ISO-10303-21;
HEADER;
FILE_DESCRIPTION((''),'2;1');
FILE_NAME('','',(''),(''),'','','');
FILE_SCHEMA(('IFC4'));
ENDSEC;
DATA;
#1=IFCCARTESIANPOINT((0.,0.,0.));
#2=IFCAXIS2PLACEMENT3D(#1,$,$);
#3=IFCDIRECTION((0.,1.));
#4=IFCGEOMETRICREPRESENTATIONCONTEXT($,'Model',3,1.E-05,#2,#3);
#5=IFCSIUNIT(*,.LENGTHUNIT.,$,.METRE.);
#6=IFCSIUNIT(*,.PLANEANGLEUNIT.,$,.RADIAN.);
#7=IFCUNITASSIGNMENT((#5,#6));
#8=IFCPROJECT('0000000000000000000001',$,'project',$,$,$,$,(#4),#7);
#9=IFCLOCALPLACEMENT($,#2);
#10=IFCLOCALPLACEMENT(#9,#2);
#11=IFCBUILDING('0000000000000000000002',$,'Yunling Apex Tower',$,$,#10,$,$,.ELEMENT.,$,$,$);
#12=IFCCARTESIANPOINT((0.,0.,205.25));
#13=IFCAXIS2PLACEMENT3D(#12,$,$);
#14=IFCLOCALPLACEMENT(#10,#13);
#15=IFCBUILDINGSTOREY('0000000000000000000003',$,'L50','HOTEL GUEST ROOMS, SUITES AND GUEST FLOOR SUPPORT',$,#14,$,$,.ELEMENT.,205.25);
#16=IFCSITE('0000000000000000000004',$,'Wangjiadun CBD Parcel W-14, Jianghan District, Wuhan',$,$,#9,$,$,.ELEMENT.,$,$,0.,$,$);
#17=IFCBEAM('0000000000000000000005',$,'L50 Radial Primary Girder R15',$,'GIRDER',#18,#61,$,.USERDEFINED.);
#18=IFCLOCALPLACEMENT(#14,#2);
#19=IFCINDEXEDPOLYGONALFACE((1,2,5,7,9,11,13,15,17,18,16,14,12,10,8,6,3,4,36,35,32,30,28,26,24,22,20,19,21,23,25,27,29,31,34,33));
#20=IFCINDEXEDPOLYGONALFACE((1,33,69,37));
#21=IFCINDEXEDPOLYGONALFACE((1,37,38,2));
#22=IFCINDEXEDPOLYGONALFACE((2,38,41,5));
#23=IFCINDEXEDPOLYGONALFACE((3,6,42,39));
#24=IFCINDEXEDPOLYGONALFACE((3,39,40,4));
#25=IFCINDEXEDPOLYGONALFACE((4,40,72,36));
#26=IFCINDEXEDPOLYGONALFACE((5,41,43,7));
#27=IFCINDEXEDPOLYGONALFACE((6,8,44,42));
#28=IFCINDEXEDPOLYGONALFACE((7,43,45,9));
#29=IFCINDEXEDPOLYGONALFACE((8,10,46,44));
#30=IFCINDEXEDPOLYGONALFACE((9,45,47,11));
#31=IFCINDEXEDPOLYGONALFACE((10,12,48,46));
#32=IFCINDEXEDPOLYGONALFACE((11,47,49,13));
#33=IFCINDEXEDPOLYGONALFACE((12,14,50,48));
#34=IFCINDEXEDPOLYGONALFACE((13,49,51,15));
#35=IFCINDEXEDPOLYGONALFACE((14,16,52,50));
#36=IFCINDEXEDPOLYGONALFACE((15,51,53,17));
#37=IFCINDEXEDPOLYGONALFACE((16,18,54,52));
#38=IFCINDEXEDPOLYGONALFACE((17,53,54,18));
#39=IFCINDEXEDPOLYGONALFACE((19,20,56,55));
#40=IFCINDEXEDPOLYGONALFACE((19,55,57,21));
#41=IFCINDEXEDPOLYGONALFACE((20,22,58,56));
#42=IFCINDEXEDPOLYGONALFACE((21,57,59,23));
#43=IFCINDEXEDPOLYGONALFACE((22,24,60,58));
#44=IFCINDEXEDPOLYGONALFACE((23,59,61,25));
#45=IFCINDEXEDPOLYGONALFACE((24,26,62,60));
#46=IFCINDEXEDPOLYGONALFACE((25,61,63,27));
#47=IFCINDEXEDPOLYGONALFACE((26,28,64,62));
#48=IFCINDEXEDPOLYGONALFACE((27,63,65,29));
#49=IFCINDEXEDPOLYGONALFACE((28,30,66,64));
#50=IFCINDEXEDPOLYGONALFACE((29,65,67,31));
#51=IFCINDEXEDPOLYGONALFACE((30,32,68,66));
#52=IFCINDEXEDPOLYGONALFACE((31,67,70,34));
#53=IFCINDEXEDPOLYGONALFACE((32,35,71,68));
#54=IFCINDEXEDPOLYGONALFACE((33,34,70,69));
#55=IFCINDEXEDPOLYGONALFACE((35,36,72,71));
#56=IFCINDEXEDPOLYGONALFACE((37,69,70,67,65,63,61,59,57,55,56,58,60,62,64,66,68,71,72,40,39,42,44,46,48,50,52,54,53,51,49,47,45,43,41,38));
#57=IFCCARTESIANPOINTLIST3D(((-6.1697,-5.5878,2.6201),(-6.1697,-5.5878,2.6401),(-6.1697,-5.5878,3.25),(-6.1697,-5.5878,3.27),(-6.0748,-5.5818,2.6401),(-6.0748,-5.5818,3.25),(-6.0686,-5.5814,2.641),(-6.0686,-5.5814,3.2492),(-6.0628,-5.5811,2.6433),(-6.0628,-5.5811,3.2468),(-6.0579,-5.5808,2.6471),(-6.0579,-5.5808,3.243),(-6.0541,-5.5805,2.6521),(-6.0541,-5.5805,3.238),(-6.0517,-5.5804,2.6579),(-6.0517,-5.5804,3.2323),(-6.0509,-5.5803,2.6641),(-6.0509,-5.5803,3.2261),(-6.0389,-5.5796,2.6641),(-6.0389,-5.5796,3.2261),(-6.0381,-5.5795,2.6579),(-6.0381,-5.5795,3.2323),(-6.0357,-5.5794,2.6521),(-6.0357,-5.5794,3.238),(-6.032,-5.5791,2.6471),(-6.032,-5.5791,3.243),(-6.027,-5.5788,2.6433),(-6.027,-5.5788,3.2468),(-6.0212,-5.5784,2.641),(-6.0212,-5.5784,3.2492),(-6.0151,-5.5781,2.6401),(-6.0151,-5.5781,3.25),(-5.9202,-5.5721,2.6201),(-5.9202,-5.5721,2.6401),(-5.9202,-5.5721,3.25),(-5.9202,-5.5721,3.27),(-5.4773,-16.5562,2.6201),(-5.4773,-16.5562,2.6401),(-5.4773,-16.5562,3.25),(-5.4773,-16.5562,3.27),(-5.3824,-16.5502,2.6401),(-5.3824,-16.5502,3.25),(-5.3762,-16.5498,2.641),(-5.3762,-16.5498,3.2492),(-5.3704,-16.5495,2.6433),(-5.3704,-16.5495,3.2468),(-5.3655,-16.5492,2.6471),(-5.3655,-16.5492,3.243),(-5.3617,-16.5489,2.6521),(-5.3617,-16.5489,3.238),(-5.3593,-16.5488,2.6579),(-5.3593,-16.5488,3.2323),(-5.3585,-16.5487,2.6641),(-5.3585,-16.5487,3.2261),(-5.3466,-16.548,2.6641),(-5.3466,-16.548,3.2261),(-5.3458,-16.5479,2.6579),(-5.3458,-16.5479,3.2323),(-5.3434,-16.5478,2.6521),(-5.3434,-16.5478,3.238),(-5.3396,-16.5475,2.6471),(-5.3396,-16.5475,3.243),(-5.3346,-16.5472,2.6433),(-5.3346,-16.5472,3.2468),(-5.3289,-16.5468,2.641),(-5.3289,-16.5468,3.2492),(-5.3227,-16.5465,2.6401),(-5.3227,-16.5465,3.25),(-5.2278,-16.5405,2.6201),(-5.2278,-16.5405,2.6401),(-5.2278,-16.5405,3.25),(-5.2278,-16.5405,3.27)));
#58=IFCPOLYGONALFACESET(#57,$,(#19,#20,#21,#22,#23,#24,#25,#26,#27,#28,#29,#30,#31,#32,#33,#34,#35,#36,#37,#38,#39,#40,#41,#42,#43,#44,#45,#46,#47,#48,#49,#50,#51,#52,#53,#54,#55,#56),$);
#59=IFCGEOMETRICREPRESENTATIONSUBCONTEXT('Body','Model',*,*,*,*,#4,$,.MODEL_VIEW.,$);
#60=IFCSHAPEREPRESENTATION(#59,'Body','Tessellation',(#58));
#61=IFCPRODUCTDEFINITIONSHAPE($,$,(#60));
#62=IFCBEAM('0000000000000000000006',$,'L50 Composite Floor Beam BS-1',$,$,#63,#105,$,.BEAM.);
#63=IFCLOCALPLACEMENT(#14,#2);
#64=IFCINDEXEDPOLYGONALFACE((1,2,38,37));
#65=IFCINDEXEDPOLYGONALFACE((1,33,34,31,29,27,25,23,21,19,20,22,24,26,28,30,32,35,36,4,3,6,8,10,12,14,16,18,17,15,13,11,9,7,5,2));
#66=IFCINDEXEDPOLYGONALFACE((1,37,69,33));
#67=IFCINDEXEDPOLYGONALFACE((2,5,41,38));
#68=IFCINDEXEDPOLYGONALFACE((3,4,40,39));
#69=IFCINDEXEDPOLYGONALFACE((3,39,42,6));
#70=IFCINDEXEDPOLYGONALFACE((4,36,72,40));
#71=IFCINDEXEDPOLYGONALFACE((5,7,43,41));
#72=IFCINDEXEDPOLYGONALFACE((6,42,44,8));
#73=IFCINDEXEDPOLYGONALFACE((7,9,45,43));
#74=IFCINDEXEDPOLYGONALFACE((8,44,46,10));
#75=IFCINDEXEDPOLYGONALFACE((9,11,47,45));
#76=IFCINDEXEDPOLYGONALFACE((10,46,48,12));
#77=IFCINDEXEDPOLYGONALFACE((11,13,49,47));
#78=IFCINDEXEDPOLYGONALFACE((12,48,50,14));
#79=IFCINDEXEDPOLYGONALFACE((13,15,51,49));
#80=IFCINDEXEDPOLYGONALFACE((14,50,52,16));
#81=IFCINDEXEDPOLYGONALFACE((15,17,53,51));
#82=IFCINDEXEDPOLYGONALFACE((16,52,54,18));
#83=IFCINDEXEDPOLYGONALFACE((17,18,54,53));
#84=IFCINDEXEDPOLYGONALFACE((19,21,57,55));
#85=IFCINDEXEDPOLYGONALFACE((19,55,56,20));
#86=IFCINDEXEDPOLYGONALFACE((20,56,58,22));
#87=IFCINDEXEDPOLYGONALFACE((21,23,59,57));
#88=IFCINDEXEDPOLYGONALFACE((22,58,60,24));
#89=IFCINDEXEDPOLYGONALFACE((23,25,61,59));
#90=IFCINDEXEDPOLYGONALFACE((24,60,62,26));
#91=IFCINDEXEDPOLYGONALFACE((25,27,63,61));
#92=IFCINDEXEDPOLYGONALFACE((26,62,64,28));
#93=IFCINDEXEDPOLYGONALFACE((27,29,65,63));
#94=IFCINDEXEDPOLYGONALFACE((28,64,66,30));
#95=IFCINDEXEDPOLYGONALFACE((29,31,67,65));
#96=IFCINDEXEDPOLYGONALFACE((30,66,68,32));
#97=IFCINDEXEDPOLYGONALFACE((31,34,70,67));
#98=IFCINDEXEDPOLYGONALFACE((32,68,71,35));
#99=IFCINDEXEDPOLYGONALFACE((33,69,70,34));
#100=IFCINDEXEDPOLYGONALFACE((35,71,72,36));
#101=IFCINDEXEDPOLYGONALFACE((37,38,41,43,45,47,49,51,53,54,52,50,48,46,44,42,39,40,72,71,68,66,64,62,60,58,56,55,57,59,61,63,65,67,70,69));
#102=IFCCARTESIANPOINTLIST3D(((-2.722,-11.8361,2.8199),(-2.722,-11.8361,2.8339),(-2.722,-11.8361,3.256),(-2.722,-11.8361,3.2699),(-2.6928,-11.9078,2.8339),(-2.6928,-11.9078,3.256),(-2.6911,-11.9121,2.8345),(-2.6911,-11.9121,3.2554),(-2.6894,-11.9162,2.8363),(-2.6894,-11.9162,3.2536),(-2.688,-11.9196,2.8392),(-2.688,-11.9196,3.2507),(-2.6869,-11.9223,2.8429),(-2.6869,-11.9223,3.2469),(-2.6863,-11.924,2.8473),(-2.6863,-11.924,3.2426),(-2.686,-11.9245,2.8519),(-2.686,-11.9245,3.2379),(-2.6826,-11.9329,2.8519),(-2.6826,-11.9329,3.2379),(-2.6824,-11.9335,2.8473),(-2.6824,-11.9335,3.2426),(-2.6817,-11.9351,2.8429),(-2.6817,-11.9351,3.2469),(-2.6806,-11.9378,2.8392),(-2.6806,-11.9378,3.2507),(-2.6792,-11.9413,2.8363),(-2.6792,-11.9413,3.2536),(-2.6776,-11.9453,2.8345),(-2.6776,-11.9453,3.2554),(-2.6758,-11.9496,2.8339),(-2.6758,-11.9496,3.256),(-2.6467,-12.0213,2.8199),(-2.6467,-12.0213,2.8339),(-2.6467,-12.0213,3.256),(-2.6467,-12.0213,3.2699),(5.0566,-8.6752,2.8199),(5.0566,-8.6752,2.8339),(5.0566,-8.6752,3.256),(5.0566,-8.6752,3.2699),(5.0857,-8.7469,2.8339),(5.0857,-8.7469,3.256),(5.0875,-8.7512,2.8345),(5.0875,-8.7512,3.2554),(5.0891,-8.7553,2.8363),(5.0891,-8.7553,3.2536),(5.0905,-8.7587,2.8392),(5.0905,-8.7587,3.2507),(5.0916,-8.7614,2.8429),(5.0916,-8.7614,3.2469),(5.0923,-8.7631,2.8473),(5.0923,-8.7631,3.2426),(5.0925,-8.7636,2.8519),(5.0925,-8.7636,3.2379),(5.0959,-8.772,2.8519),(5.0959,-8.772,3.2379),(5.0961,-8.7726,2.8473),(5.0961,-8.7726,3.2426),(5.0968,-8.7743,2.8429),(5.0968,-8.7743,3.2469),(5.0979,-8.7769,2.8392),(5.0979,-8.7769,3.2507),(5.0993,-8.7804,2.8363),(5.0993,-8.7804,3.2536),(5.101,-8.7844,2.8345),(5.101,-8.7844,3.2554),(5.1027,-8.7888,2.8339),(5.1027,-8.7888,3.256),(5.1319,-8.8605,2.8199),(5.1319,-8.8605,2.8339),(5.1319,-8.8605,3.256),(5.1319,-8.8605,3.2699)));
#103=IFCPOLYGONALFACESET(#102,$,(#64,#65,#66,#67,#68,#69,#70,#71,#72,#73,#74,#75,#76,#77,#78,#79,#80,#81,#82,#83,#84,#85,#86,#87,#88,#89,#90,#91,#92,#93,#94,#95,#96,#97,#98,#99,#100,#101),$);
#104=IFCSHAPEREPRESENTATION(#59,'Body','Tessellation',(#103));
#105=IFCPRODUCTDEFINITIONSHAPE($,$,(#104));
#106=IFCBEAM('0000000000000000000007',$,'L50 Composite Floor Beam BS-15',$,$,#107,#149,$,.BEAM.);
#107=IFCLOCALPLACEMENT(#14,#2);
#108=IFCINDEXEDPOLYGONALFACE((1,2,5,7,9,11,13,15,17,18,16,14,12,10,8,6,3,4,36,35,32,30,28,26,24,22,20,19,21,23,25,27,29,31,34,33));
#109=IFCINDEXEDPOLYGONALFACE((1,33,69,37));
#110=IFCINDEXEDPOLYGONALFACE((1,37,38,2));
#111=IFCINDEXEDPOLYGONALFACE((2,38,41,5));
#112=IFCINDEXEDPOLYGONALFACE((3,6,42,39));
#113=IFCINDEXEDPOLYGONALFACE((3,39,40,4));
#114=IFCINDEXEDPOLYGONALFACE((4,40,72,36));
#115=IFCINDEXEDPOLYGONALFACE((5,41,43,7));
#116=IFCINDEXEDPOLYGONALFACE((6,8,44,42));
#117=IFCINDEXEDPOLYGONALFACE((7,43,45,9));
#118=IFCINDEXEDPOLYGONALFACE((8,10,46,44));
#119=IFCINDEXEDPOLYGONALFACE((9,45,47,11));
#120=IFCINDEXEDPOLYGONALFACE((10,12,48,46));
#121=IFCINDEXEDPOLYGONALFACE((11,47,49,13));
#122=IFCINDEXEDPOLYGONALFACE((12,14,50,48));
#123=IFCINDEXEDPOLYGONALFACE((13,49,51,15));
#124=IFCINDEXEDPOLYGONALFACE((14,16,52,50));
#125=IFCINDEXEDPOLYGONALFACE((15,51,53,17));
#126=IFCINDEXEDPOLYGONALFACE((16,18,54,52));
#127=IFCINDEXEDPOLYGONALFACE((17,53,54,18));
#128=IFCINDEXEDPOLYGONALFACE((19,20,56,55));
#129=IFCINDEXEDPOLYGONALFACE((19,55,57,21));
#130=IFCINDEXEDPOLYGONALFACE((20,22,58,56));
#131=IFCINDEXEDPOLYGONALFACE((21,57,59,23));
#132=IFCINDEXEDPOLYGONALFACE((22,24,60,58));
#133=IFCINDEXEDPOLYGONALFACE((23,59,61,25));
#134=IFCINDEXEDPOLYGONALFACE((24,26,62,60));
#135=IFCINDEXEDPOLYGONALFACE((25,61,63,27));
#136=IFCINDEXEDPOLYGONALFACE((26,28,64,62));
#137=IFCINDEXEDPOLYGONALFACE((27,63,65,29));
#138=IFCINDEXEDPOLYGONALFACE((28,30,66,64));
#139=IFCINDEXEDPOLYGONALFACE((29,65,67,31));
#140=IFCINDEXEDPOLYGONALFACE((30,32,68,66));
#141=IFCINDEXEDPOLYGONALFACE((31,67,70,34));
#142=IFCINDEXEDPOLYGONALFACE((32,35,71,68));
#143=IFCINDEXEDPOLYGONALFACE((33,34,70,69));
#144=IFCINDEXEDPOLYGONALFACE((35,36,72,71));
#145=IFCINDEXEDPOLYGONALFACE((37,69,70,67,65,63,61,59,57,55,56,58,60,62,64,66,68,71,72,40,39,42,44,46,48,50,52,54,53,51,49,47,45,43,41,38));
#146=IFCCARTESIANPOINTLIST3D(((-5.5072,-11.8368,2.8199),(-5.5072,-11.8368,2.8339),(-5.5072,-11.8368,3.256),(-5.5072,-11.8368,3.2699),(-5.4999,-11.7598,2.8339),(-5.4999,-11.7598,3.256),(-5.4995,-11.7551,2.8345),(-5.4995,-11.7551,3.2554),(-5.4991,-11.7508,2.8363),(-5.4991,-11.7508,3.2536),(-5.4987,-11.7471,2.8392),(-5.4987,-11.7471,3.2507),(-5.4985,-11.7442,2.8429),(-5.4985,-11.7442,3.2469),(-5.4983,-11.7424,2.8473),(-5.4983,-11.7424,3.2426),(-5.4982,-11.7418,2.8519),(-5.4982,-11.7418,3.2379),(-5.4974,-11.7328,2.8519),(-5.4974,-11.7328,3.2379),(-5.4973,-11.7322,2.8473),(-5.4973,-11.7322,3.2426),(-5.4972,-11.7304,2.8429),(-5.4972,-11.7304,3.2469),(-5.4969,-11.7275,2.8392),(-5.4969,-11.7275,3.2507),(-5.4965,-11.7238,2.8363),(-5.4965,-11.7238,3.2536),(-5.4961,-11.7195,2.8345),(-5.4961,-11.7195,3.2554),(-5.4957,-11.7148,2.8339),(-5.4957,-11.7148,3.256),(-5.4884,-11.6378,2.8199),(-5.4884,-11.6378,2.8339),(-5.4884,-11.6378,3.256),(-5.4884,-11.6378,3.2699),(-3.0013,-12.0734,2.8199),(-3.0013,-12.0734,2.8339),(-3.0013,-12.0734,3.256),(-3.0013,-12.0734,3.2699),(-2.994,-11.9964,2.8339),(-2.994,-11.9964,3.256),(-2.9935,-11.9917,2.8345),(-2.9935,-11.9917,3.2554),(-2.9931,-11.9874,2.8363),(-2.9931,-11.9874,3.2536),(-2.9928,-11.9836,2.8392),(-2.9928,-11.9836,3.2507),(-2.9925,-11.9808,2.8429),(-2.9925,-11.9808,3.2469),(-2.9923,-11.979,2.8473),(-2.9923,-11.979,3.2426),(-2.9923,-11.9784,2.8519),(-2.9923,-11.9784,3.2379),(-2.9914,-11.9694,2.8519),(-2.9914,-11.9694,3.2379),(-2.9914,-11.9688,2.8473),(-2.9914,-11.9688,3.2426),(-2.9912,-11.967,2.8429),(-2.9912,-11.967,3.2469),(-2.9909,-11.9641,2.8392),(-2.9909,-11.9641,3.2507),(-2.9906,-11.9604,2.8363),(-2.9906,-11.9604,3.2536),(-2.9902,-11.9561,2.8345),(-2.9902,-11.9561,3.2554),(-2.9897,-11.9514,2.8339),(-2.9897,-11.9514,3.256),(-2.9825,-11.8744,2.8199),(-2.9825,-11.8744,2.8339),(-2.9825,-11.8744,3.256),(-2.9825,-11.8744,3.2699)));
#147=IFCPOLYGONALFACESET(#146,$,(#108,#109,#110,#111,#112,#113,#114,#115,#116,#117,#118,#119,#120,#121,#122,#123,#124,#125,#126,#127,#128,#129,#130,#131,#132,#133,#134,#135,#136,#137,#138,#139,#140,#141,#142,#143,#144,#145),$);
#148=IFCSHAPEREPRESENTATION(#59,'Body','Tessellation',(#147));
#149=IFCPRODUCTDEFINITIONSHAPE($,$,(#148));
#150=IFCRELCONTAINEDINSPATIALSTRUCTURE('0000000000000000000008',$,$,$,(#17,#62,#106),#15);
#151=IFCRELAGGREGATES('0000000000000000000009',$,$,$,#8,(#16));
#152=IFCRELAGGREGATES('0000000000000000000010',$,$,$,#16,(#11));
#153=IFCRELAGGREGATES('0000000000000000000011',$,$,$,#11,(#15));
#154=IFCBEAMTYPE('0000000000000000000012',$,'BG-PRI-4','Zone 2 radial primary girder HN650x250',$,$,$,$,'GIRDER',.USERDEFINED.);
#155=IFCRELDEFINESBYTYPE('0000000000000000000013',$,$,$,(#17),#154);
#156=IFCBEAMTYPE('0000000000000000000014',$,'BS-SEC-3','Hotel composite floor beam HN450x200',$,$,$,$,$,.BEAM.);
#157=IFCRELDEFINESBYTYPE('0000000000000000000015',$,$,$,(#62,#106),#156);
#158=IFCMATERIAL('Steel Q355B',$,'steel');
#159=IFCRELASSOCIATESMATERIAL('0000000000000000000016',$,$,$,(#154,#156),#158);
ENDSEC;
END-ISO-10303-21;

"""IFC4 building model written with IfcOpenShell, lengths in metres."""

from ifc_helpers import new_model, si_unit, direction, frame, origin, origin_2d, place, context, subcontext, project, spatial, i_section, extrude, source, transform, mapped, material, material_profile, profile_set, type_object, element, save


model = new_model("IFC4")

# Units and contexts
model_context = context("Model", 3, precision=1e-05, world=origin(), true_north=direction((0.0, 1.0)))
body_context = subcontext(model_context, "Body", "Model", "MODEL_VIEW")
ifc_project = project(units=[si_unit("LENGTHUNIT", "METRE"), si_unit("PLANEANGLEUNIT", "RADIAN")], contexts=[model_context])

# Site, building, storey
site_placement = place(None, origin())
site = spatial("IfcSite", under=ifc_project, at=site_placement, Name="Wangjiadun CBD Parcel W-14, Jianghan District, Wuhan", CompositionType="ELEMENT", RefElevation=0.0)
building_placement = place(site_placement, origin())
building = spatial("IfcBuilding", under=site, at=building_placement, Name="Yunling Apex Tower", CompositionType="ELEMENT")
storey_placement = place(building_placement, frame((0.0, 0.0, 205.25)))
storey = spatial("IfcBuildingStorey", under=building, at=storey_placement, Name="L50", Description="HOTEL GUEST ROOMS, SUITES AND GUEST FLOOR SUPPORT", CompositionType="ELEMENT", Elevation=205.25)

# Beams
ifc_material_1 = material(Name="Steel Q355B", Category="steel")
ifc_material_profile_1 = material_profile(ifc_material_1, i_section(OverallWidth=0.25, OverallDepth=0.6499, WebThickness=0.012, FlangeThickness=0.02, FilletRadius=0.0239, at=origin_2d()))
ifc_profile_set_1 = profile_set([ifc_material_profile_1], Name="Steel Q355B")
beam_type_1 = type_object("IfcBeamType", Name="BG-PRI-4", Description="Zone 2 radial primary girder HN650x250", ElementType="GIRDER", PredefinedType="USERDEFINED", material=ifc_profile_set_1)
shared_shape_1 = source(origin(), body_context, "Body", "SweptSolid", [
    extrude(i_section(OverallWidth=0.25, OverallDepth=0.6499, WebThickness=0.012, FlangeThickness=0.02, FilletRadius=0.0239, at=origin_2d()), origin(), (0.0, 0.0, 1.0), 10.9902),
])
beam_1_placement = place(storey_placement, frame((-5.3525, -16.5483, 2.9451), z_axis=(-0.062999, 0.998014, 0.0), x_axis=(-0.998014, -0.062999, 0.0)))
element("IfcBeam", 1, at=beam_1_placement, inside=storey, type_object=beam_type_1, Name="L50 Radial Primary Girder R15", ObjectType="GIRDER", PredefinedType="USERDEFINED", context=body_context, shape_type="MappedRepresentation", body=[
    mapped(shared_shape_1, transform((0.0, 0.0, 0.0), scale=1.0)),
])
ifc_material_profile_2 = material_profile(ifc_material_1, i_section(OverallWidth=0.2, OverallDepth=0.45, WebThickness=0.009, FlangeThickness=0.0139, FilletRadius=0.0181, at=origin_2d()))
ifc_profile_set_2 = profile_set([ifc_material_profile_2], Name="Steel Q355B")
beam_type_2 = type_object("IfcBeamType", Name="BS-SEC-3", Description="Hotel composite floor beam HN450x200", PredefinedType="BEAM", material=ifc_profile_set_2)
shared_shape_2 = source(origin(), body_context, "Body", "SweptSolid", [
    extrude(i_section(OverallWidth=0.2, OverallDepth=0.45, WebThickness=0.009, FlangeThickness=0.0139, FilletRadius=0.0181, at=origin_2d()), origin(), (0.0, 0.0, 1.0), 8.3962),
])
beam_2_placement = place(storey_placement, frame((-2.6843, -11.9287, 3.0449), z_axis=(0.926431, 0.376464, 0.0), x_axis=(-0.376464, 0.926431, 0.0)))
element("IfcBeam", 2, at=beam_2_placement, inside=storey, type_object=beam_type_2, Name="L50 Composite Floor Beam BS-1", PredefinedType="BEAM", context=body_context, shape_type="MappedRepresentation", body=[
    mapped(shared_shape_2, transform((0.0, 0.0, 0.0), scale=1.0)),
])
shared_shape_3 = source(origin(), body_context, "Body", "SweptSolid", [
    extrude(i_section(OverallWidth=0.2, OverallDepth=0.45, WebThickness=0.009, FlangeThickness=0.0139, FilletRadius=0.0181, at=origin_2d()), origin(), (0.0, 0.0, 1.0), 2.5171),
])
beam_3_placement = place(storey_placement, frame((-5.4978, -11.7373, 3.0449), z_axis=(0.995573, -0.09399, 0.0), x_axis=(0.09399, 0.995573, 0.0)))
element("IfcBeam", 3, at=beam_3_placement, inside=storey, type_object=beam_type_2, Name="L50 Composite Floor Beam BS-15", PredefinedType="BEAM", context=body_context, shape_type="MappedRepresentation", body=[
    mapped(shared_shape_3, transform((0.0, 0.0, 0.0), scale=1.0)),
])

save(model, "model.ifc")
